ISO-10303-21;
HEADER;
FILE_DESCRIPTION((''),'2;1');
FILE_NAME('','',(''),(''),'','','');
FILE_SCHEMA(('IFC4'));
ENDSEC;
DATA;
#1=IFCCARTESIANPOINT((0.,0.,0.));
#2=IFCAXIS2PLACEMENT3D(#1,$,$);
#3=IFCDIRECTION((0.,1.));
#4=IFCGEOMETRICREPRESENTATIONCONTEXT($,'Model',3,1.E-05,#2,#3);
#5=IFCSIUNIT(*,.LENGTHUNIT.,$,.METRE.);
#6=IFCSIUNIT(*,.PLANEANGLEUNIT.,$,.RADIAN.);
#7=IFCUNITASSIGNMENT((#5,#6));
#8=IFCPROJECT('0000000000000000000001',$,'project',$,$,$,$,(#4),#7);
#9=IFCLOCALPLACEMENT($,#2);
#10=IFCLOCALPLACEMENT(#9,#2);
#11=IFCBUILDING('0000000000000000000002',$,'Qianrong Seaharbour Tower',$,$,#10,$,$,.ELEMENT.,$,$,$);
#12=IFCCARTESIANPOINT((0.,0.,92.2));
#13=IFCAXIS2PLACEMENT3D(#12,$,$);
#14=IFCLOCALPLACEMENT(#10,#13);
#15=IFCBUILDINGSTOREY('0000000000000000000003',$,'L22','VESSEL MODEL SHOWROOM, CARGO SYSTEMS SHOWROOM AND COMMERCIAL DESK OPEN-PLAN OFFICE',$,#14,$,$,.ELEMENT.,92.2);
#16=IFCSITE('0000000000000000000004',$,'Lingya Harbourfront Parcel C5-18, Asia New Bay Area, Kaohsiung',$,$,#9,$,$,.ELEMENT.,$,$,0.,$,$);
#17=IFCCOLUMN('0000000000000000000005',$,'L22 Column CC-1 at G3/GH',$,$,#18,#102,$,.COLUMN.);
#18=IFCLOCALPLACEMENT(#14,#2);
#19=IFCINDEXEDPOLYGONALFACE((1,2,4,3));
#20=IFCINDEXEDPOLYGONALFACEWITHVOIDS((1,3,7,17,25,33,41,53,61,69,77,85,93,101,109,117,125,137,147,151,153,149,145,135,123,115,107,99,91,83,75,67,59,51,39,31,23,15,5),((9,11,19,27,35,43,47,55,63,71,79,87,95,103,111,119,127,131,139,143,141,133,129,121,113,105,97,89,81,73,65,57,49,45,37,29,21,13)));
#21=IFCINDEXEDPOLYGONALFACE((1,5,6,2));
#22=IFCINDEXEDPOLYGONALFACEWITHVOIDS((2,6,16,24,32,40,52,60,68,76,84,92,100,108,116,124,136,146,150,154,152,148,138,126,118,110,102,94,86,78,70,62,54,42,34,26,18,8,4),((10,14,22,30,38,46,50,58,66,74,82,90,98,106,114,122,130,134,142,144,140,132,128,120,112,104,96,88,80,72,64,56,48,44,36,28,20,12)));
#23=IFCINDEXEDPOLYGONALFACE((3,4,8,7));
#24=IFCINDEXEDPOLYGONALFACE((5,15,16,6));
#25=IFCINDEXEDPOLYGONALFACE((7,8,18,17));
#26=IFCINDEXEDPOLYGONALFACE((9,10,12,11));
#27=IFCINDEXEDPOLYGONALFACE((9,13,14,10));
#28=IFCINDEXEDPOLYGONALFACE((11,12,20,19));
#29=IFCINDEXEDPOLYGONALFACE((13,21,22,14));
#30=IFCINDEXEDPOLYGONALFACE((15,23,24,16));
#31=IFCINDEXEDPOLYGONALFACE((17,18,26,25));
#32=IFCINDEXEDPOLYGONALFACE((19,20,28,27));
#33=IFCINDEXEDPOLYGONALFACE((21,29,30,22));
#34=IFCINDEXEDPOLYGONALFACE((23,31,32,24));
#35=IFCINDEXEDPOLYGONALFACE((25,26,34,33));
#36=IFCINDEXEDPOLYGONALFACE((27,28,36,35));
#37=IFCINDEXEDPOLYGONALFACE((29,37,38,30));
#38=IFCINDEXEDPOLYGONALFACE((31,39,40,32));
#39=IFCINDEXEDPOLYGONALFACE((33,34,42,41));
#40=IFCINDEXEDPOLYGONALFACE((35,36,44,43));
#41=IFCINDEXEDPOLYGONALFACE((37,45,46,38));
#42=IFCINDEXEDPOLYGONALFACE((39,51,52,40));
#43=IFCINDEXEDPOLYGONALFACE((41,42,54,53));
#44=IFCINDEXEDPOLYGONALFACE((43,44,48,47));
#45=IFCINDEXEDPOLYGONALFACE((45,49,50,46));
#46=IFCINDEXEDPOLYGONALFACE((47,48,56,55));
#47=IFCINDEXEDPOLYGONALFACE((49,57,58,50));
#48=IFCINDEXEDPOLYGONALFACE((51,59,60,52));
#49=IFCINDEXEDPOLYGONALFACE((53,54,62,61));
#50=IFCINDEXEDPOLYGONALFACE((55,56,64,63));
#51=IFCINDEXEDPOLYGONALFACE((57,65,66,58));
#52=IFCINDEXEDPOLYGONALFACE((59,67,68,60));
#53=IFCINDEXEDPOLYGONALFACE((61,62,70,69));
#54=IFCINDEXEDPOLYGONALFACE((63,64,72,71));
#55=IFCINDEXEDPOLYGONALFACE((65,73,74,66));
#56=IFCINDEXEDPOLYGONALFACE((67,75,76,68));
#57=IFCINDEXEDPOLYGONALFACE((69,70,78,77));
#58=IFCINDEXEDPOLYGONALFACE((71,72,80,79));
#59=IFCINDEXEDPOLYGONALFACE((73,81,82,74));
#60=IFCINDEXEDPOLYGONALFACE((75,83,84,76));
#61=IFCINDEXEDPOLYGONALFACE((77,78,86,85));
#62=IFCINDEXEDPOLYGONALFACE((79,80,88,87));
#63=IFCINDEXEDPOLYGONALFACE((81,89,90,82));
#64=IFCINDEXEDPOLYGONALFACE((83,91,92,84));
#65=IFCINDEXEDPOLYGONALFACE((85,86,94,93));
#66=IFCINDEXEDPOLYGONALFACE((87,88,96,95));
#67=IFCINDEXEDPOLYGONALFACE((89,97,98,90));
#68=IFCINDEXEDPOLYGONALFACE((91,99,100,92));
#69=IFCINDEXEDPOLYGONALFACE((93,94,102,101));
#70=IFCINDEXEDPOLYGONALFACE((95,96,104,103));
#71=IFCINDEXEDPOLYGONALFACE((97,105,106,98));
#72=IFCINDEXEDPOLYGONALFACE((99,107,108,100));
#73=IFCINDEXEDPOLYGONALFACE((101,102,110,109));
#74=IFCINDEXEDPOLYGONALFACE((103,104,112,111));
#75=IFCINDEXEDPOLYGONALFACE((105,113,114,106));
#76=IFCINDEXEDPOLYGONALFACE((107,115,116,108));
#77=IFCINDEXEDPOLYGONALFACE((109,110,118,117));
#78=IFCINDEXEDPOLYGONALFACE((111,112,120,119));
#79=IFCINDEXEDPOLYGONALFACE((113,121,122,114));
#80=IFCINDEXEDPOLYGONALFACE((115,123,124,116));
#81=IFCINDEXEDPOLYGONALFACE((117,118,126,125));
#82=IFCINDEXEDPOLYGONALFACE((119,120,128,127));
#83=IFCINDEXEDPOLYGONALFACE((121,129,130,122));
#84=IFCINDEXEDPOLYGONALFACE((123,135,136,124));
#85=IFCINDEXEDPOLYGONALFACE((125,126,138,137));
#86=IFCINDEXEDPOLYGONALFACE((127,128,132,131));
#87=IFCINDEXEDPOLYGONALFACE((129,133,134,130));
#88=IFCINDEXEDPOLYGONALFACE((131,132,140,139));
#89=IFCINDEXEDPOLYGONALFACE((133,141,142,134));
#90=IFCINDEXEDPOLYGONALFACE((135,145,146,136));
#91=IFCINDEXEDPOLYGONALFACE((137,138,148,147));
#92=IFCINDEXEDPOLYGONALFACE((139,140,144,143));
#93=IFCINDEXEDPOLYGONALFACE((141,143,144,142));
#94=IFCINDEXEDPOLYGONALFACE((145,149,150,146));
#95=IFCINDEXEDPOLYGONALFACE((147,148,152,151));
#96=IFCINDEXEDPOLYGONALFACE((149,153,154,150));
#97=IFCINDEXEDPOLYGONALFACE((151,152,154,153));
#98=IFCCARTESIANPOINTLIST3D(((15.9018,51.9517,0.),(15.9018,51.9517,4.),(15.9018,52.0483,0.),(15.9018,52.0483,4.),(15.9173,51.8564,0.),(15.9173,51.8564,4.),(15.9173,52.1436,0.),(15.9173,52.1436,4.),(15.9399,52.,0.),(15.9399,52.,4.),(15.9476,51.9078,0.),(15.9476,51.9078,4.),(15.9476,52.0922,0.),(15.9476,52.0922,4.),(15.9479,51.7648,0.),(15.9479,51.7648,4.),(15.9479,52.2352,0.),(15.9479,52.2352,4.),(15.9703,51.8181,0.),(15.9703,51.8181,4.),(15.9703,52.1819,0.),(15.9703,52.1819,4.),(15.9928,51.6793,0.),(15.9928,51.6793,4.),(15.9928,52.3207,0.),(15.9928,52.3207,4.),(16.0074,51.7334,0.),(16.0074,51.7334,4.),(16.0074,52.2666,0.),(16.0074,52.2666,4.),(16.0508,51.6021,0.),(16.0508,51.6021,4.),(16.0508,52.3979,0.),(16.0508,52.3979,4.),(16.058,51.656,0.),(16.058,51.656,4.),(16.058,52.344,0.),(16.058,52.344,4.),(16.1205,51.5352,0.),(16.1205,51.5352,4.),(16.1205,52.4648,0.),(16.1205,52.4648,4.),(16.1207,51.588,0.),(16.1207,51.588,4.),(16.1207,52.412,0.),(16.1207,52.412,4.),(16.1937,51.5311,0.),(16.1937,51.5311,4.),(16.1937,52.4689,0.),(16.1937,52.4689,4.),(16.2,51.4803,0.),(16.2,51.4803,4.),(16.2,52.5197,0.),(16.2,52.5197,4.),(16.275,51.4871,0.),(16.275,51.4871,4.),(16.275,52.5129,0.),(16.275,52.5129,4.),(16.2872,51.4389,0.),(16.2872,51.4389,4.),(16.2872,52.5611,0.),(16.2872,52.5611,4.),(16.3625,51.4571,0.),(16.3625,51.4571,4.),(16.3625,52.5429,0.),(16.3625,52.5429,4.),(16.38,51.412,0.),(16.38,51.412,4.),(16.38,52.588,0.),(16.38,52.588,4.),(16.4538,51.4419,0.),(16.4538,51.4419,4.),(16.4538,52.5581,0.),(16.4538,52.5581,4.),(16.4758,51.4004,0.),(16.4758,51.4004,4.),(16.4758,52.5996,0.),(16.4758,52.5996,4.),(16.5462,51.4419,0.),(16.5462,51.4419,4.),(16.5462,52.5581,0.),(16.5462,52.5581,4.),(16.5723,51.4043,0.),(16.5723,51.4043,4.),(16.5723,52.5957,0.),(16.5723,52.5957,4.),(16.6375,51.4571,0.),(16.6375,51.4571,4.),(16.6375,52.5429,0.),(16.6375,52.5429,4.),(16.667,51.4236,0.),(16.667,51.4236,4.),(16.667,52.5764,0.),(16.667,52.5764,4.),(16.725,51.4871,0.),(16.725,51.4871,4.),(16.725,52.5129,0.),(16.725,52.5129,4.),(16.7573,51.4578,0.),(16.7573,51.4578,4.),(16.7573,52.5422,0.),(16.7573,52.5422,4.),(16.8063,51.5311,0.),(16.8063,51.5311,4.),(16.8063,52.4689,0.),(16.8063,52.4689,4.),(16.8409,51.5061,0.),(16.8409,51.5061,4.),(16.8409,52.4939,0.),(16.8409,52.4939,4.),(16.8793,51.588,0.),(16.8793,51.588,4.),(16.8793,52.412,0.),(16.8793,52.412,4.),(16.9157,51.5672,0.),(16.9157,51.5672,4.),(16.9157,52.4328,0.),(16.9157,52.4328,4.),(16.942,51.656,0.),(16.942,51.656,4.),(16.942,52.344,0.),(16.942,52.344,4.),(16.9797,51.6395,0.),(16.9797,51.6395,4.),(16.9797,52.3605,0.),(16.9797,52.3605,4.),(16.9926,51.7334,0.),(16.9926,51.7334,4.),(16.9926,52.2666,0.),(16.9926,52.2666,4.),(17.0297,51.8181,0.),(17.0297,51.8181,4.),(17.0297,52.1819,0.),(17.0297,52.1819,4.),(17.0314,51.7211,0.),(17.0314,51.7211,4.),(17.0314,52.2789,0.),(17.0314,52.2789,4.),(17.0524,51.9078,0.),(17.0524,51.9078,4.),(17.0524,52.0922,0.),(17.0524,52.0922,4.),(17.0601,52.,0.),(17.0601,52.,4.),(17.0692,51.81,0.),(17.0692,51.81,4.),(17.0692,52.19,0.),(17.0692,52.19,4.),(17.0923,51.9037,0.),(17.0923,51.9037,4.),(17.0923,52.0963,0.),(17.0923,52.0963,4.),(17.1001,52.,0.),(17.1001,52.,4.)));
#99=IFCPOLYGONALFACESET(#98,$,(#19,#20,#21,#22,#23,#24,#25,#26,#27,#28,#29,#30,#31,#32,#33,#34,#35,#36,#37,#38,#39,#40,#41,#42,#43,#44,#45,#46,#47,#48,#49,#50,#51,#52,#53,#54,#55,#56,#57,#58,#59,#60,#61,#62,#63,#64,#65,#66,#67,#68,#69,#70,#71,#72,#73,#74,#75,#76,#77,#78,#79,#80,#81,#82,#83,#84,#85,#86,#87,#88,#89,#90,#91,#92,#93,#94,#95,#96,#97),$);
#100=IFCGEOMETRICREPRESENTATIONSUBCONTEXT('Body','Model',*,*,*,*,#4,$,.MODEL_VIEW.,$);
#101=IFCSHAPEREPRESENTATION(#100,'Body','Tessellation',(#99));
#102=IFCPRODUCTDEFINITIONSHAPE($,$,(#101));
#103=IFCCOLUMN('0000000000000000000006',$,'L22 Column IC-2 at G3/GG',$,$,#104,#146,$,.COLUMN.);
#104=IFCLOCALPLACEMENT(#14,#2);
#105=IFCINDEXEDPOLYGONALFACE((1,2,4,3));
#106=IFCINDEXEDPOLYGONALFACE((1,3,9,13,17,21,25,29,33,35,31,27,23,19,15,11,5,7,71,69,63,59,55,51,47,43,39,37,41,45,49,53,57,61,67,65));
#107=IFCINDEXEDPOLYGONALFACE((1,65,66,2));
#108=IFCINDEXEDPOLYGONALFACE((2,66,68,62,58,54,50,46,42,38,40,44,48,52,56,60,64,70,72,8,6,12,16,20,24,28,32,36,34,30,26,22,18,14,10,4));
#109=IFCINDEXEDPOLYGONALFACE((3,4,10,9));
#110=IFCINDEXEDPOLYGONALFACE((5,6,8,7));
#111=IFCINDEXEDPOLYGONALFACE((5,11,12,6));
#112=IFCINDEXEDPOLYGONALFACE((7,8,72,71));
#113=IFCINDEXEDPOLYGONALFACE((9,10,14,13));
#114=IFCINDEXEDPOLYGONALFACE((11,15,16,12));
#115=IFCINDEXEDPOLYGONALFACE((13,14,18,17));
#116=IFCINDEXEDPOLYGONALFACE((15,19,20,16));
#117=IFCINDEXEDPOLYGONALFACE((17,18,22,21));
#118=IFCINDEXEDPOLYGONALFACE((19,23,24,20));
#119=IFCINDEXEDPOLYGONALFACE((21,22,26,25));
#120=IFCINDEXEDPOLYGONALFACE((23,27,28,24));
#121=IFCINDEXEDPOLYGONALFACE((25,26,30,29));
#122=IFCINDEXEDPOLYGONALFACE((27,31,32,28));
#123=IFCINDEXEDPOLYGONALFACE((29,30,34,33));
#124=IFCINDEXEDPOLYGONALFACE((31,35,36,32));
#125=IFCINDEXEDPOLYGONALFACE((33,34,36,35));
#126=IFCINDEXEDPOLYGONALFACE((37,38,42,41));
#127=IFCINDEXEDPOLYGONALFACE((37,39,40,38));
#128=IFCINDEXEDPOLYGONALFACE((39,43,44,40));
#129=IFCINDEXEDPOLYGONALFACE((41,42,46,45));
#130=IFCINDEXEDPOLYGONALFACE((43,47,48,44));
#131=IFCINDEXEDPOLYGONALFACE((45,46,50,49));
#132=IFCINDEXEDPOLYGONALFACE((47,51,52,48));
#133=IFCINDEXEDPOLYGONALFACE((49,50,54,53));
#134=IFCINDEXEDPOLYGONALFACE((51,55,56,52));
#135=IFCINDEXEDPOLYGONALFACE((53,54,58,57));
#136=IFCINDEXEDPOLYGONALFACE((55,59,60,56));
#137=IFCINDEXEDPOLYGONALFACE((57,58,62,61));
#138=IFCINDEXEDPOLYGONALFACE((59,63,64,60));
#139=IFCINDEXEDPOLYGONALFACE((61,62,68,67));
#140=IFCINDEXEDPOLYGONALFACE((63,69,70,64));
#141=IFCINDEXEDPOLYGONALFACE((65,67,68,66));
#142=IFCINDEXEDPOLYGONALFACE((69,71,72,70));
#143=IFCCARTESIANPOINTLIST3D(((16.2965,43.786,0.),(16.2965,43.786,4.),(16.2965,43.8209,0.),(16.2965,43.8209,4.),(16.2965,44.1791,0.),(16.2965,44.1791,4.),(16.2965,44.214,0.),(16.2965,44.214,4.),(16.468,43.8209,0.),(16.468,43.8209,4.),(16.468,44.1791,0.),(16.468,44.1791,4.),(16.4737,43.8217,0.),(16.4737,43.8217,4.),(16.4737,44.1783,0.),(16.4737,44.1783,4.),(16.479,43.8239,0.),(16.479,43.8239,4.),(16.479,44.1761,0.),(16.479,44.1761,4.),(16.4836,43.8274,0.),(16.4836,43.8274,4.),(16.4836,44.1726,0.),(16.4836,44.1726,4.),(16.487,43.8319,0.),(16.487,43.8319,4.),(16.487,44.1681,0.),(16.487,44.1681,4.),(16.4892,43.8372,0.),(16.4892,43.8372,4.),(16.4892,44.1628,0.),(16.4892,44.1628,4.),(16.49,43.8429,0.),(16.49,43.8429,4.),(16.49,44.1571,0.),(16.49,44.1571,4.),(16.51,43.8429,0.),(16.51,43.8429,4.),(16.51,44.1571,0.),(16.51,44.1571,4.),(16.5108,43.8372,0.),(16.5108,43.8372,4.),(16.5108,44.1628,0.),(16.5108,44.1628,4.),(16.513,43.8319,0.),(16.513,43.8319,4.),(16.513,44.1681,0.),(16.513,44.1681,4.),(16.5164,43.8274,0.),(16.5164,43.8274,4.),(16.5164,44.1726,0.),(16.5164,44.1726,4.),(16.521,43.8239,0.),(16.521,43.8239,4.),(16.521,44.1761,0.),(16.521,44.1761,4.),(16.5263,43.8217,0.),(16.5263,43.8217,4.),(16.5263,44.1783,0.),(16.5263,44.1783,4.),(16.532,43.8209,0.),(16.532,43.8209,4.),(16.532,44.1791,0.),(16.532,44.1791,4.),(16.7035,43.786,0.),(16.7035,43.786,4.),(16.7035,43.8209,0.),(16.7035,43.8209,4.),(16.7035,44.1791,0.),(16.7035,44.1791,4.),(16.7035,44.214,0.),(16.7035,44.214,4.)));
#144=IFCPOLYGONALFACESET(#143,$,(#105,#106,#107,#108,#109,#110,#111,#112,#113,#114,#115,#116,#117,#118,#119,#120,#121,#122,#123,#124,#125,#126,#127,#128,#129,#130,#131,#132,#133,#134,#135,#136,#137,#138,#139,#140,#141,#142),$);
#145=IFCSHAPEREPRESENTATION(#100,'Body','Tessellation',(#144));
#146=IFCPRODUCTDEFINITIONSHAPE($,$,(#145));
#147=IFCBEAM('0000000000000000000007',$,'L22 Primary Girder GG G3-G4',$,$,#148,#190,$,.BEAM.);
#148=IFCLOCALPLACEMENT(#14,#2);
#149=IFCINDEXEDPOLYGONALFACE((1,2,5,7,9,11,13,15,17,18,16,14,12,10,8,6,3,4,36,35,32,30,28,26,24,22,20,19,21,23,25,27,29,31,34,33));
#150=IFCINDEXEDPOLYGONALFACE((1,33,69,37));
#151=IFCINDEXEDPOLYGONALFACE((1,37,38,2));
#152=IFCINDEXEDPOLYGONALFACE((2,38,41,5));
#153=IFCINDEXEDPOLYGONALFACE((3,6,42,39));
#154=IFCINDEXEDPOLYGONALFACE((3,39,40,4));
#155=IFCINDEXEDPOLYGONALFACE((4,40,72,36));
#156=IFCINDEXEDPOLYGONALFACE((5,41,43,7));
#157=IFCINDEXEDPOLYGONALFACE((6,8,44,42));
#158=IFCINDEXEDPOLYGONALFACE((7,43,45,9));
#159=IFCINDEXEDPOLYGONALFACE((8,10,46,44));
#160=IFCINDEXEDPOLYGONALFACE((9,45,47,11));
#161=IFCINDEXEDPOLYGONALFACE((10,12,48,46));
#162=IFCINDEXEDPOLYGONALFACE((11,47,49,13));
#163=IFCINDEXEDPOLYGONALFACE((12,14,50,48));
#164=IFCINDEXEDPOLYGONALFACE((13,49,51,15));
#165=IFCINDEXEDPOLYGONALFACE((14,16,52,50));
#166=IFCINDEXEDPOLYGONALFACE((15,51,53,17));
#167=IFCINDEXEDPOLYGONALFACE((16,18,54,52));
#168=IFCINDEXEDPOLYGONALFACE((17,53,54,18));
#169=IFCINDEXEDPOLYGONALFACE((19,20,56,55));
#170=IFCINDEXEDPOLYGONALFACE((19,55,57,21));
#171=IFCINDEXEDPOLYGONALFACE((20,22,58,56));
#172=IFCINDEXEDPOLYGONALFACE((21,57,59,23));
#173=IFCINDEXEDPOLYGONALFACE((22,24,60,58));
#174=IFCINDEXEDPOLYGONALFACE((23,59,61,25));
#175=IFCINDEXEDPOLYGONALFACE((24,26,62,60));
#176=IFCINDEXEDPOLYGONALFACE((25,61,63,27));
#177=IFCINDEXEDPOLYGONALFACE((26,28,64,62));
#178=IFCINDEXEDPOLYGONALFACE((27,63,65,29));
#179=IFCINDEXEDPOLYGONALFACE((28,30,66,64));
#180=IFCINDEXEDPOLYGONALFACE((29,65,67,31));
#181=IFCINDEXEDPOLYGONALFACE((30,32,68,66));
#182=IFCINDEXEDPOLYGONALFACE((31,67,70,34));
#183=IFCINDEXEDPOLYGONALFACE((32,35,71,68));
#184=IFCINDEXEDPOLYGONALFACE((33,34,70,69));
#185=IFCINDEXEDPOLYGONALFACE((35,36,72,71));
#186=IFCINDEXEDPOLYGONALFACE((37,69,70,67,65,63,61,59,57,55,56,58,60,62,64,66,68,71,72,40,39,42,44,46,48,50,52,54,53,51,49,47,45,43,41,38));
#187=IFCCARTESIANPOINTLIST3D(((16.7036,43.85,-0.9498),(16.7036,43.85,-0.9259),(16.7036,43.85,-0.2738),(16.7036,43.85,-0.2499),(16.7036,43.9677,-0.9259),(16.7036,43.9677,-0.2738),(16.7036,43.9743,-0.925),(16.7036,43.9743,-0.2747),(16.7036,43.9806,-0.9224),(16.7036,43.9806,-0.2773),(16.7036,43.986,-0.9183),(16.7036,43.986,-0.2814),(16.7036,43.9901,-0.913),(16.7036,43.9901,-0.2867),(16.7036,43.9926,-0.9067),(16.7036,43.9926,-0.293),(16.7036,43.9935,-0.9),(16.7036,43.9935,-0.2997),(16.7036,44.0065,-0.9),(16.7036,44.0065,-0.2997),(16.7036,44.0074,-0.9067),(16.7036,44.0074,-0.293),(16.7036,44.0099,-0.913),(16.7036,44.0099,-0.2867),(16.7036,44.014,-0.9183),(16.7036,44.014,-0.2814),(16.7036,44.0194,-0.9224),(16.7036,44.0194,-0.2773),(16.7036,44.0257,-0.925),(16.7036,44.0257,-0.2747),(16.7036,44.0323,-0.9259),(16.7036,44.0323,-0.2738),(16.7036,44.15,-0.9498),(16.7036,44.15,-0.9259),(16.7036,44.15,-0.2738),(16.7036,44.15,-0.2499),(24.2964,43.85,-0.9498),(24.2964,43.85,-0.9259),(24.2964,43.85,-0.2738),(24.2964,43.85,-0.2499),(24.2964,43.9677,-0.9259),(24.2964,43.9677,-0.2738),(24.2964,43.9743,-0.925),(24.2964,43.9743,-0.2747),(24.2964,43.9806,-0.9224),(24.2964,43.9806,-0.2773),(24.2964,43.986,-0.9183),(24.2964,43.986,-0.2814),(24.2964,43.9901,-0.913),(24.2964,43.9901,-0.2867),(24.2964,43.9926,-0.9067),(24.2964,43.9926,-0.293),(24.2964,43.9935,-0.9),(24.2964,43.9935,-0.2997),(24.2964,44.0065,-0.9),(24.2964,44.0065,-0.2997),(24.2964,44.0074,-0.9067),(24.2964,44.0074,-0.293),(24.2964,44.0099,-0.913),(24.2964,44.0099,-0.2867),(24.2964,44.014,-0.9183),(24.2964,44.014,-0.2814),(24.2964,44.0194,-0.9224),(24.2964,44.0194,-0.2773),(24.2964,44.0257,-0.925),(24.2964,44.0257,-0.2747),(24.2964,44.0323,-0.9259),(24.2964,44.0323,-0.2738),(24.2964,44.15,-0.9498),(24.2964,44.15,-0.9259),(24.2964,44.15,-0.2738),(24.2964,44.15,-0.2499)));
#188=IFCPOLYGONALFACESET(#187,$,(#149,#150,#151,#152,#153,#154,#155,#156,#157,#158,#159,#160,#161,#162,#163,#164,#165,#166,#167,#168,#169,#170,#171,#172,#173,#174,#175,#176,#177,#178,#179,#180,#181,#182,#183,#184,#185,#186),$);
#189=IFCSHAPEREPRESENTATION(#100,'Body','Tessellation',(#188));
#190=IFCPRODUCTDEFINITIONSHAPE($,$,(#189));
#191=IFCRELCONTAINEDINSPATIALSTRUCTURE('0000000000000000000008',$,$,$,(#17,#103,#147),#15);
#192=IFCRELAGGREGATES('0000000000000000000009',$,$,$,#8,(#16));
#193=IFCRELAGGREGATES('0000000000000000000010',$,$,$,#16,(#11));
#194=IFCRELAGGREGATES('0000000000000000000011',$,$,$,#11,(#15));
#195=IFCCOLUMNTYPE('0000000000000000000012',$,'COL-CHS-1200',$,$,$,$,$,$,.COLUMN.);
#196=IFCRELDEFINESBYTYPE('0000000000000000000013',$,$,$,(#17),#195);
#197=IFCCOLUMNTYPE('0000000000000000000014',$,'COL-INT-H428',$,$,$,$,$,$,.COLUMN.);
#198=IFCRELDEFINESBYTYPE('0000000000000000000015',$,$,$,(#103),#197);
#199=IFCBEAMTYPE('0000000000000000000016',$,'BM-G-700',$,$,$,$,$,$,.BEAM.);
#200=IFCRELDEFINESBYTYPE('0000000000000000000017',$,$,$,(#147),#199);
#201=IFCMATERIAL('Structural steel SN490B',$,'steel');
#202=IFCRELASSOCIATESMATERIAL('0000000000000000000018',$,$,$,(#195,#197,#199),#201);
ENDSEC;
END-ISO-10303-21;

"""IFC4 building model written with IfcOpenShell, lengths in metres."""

from ifc_helpers import new_model, si_unit, direction, frame, origin, origin_2d, place, context, subcontext, project, spatial, hollow_circle, i_section, extrude, material, material_profile, profile_set, type_object, element, save


model = new_model("IFC4")

# Units and contexts
model_context = context("Model", 3, precision=1e-05, world=origin(), true_north=direction((0.0, 1.0)))
body_context = subcontext(model_context, "Body", "Model", "MODEL_VIEW")
ifc_project = project(units=[si_unit("LENGTHUNIT", "METRE"), si_unit("PLANEANGLEUNIT", "RADIAN")], contexts=[model_context])

# Site, building, storey
site_placement = place(None, origin())
site = spatial("IfcSite", under=ifc_project, at=site_placement, Name="Lingya Harbourfront Parcel C5-18, Asia New Bay Area, Kaohsiung", CompositionType="ELEMENT", RefElevation=0.0)
building_placement = place(site_placement, origin())
building = spatial("IfcBuilding", under=site, at=building_placement, Name="Qianrong Seaharbour Tower", CompositionType="ELEMENT")
storey_placement = place(building_placement, frame((0.0, 0.0, 92.2)))
storey = spatial("IfcBuildingStorey", under=building, at=storey_placement, Name="L22", Description="VESSEL MODEL SHOWROOM, CARGO SYSTEMS SHOWROOM AND COMMERCIAL DESK OPEN-PLAN OFFICE", CompositionType="ELEMENT", Elevation=92.2)

# Columns
ifc_material_1 = material(Name="Structural steel SN490B", Category="steel")
ifc_material_profile_1 = material_profile(ifc_material_1, hollow_circle(Radius=0.6001, WallThickness=0.04, at=origin_2d()), Name="CHS1200x40")
ifc_profile_set_1 = profile_set([ifc_material_profile_1], Name="Structural steel SN490B")
column_type_1 = type_object("IfcColumnType", Name="COL-CHS-1200", PredefinedType="COLUMN", material=ifc_profile_set_1)
column_1_placement = place(storey_placement, frame((16.5, 52.0, 0.0), z_axis=(0.0, 0.0, 1.0), x_axis=(1.0, 0.0, 0.0)))
element("IfcColumn", 1, at=column_1_placement, inside=storey, type_object=column_type_1, Name="L22 Column CC-1 at G3/GH", PredefinedType="COLUMN", context=body_context, shape_type="SweptSolid", body=[
    extrude(hollow_circle(Radius=0.6001, WallThickness=0.04, at=origin_2d()), origin(), (0.0, 0.0, 1.0), 4.0),
])
ifc_material_profile_2 = material_profile(ifc_material_1, i_section(OverallWidth=0.407, OverallDepth=0.428, WebThickness=0.02, FlangeThickness=0.0349, FilletRadius=0.022, at=origin_2d()), Name="H428x407x20x35")
ifc_profile_set_2 = profile_set([ifc_material_profile_2], Name="Structural steel SN490B")
column_type_2 = type_object("IfcColumnType", Name="COL-INT-H428", PredefinedType="COLUMN", material=ifc_profile_set_2)
column_2_placement = place(storey_placement, frame((16.5, 44.0, 0.0), z_axis=(0.0, 0.0, 1.0), x_axis=(1.0, 0.0, 0.0)))
element("IfcColumn", 2, at=column_2_placement, inside=storey, type_object=column_type_2, Name="L22 Column IC-2 at G3/GG", PredefinedType="COLUMN", context=body_context, shape_type="SweptSolid", body=[
    extrude(i_section(OverallWidth=0.407, OverallDepth=0.428, WebThickness=0.02, FlangeThickness=0.0349, FilletRadius=0.022, at=origin_2d()), origin(), (0.0, 0.0, 1.0), 4.0),
])

# Beam
ifc_material_profile_3 = material_profile(ifc_material_1, i_section(OverallWidth=0.3, OverallDepth=0.7, WebThickness=0.0129, FlangeThickness=0.0239, FilletRadius=0.0259, at=origin_2d()), Name="H700x300x13x24")
ifc_profile_set_3 = profile_set([ifc_material_profile_3], Name="Structural steel SN490B")
beam_type_1 = type_object("IfcBeamType", Name="BM-G-700", PredefinedType="BEAM", material=ifc_profile_set_3)
beam_1_placement = place(storey_placement, frame((16.7036, 44.0, -0.5999), z_axis=(1.0, 0.0, 0.0), x_axis=(0.0, 1.0, 0.0)))
element("IfcBeam", 3, at=beam_1_placement, inside=storey, type_object=beam_type_1, Name="L22 Primary Girder GG G3-G4", PredefinedType="BEAM", context=body_context, shape_type="SweptSolid", body=[
    extrude(i_section(OverallWidth=0.3, OverallDepth=0.7, WebThickness=0.0129, FlangeThickness=0.0239, FilletRadius=0.0259, at=origin_2d()), origin(), (0.0, 0.0, 1.0), 7.5928),
])

save(model, "model.ifc")
